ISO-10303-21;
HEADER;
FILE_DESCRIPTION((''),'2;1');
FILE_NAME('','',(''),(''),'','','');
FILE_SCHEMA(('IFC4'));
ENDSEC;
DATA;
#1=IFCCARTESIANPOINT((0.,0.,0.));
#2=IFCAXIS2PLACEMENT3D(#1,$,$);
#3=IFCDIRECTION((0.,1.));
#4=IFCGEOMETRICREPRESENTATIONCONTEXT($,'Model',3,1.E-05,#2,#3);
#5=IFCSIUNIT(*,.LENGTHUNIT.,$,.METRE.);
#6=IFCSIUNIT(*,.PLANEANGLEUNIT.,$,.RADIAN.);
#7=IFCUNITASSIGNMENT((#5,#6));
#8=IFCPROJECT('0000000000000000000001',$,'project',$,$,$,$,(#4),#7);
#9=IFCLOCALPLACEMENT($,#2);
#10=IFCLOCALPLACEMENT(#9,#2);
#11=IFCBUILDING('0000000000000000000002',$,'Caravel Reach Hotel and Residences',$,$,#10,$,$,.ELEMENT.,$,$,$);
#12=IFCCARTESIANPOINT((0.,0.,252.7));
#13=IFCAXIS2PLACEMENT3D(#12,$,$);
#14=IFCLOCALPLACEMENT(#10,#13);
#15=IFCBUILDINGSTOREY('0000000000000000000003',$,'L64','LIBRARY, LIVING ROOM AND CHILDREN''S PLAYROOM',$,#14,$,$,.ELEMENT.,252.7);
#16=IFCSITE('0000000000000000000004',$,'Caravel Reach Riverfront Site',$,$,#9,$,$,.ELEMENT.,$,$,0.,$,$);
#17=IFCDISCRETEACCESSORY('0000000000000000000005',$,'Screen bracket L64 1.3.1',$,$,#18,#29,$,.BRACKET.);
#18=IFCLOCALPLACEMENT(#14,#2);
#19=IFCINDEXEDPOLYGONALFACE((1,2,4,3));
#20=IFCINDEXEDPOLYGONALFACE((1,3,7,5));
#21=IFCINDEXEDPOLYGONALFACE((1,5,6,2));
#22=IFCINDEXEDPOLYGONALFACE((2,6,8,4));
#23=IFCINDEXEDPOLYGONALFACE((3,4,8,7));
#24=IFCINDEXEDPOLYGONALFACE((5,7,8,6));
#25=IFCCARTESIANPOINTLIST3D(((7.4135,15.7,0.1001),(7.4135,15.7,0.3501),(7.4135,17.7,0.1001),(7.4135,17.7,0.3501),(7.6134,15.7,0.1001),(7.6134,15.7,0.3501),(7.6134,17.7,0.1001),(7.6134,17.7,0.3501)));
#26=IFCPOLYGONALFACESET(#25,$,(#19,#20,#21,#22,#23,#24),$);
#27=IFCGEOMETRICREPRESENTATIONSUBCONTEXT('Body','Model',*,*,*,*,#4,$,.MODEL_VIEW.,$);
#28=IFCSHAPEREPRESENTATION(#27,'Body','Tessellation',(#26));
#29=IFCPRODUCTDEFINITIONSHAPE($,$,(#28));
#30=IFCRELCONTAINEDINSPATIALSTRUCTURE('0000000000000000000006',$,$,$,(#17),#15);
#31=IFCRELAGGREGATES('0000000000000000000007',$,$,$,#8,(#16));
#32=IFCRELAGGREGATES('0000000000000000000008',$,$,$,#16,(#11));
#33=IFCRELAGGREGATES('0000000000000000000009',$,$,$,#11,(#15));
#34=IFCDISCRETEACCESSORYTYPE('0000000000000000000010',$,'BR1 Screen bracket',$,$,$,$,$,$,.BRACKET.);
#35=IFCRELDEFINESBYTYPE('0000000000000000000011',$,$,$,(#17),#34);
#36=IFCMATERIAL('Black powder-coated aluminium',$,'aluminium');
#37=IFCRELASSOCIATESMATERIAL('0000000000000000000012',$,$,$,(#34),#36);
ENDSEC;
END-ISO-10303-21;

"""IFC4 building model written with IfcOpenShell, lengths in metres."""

from ifc_helpers import new_model, si_unit, direction, frame, origin, origin_2d, place, context, subcontext, project, spatial, rectangle, extrude, material, type_object, element, save


model = new_model("IFC4")

# Units and contexts
model_context = context("Model", 3, precision=1e-05, world=origin(), true_north=direction((0.0, 1.0)))
body_context = subcontext(model_context, "Body", "Model", "MODEL_VIEW")
ifc_project = project(units=[si_unit("LENGTHUNIT", "METRE"), si_unit("PLANEANGLEUNIT", "RADIAN")], contexts=[model_context])

# Site, building, storey
site_placement = place(None, origin())
site = spatial("IfcSite", under=ifc_project, at=site_placement, Name="Caravel Reach Riverfront Site", CompositionType="ELEMENT", RefElevation=0.0)
building_placement = place(site_placement, origin())
building = spatial("IfcBuilding", under=site, at=building_placement, Name="Caravel Reach Hotel and Residences", CompositionType="ELEMENT")
storey_placement = place(building_placement, frame((0.0, 0.0, 252.7)))
storey = spatial("IfcBuildingStorey", under=building, at=storey_placement, Name="L64", Description="LIBRARY, LIVING ROOM AND CHILDREN'S PLAYROOM", CompositionType="ELEMENT", Elevation=252.7)

# Discrete accessory
ifc_material_1 = material(Name="Black powder-coated aluminium", Category="aluminium")
discrete_accessory_type = type_object("IfcDiscreteAccessoryType", Name="BR1 Screen bracket", PredefinedType="BRACKET", material=ifc_material_1)
discrete_accessory_1_placement = place(storey_placement, frame((7.5134, 16.7, 0.1001), z_axis=(0.0, 0.0, 1.0), x_axis=(0.0, -1.0, 0.0)))
element("IfcDiscreteAccessory", 1, at=discrete_accessory_1_placement, inside=storey, type_object=discrete_accessory_type, Name="Screen bracket L64 1.3.1", PredefinedType="BRACKET", context=body_context, shape_type="SweptSolid", body=[
    extrude(rectangle(XDim=2.0, YDim=0.2, at=origin_2d()), origin(), (0.0, 0.0, 1.0), 0.25),
])

save(model, "model.ifc")
